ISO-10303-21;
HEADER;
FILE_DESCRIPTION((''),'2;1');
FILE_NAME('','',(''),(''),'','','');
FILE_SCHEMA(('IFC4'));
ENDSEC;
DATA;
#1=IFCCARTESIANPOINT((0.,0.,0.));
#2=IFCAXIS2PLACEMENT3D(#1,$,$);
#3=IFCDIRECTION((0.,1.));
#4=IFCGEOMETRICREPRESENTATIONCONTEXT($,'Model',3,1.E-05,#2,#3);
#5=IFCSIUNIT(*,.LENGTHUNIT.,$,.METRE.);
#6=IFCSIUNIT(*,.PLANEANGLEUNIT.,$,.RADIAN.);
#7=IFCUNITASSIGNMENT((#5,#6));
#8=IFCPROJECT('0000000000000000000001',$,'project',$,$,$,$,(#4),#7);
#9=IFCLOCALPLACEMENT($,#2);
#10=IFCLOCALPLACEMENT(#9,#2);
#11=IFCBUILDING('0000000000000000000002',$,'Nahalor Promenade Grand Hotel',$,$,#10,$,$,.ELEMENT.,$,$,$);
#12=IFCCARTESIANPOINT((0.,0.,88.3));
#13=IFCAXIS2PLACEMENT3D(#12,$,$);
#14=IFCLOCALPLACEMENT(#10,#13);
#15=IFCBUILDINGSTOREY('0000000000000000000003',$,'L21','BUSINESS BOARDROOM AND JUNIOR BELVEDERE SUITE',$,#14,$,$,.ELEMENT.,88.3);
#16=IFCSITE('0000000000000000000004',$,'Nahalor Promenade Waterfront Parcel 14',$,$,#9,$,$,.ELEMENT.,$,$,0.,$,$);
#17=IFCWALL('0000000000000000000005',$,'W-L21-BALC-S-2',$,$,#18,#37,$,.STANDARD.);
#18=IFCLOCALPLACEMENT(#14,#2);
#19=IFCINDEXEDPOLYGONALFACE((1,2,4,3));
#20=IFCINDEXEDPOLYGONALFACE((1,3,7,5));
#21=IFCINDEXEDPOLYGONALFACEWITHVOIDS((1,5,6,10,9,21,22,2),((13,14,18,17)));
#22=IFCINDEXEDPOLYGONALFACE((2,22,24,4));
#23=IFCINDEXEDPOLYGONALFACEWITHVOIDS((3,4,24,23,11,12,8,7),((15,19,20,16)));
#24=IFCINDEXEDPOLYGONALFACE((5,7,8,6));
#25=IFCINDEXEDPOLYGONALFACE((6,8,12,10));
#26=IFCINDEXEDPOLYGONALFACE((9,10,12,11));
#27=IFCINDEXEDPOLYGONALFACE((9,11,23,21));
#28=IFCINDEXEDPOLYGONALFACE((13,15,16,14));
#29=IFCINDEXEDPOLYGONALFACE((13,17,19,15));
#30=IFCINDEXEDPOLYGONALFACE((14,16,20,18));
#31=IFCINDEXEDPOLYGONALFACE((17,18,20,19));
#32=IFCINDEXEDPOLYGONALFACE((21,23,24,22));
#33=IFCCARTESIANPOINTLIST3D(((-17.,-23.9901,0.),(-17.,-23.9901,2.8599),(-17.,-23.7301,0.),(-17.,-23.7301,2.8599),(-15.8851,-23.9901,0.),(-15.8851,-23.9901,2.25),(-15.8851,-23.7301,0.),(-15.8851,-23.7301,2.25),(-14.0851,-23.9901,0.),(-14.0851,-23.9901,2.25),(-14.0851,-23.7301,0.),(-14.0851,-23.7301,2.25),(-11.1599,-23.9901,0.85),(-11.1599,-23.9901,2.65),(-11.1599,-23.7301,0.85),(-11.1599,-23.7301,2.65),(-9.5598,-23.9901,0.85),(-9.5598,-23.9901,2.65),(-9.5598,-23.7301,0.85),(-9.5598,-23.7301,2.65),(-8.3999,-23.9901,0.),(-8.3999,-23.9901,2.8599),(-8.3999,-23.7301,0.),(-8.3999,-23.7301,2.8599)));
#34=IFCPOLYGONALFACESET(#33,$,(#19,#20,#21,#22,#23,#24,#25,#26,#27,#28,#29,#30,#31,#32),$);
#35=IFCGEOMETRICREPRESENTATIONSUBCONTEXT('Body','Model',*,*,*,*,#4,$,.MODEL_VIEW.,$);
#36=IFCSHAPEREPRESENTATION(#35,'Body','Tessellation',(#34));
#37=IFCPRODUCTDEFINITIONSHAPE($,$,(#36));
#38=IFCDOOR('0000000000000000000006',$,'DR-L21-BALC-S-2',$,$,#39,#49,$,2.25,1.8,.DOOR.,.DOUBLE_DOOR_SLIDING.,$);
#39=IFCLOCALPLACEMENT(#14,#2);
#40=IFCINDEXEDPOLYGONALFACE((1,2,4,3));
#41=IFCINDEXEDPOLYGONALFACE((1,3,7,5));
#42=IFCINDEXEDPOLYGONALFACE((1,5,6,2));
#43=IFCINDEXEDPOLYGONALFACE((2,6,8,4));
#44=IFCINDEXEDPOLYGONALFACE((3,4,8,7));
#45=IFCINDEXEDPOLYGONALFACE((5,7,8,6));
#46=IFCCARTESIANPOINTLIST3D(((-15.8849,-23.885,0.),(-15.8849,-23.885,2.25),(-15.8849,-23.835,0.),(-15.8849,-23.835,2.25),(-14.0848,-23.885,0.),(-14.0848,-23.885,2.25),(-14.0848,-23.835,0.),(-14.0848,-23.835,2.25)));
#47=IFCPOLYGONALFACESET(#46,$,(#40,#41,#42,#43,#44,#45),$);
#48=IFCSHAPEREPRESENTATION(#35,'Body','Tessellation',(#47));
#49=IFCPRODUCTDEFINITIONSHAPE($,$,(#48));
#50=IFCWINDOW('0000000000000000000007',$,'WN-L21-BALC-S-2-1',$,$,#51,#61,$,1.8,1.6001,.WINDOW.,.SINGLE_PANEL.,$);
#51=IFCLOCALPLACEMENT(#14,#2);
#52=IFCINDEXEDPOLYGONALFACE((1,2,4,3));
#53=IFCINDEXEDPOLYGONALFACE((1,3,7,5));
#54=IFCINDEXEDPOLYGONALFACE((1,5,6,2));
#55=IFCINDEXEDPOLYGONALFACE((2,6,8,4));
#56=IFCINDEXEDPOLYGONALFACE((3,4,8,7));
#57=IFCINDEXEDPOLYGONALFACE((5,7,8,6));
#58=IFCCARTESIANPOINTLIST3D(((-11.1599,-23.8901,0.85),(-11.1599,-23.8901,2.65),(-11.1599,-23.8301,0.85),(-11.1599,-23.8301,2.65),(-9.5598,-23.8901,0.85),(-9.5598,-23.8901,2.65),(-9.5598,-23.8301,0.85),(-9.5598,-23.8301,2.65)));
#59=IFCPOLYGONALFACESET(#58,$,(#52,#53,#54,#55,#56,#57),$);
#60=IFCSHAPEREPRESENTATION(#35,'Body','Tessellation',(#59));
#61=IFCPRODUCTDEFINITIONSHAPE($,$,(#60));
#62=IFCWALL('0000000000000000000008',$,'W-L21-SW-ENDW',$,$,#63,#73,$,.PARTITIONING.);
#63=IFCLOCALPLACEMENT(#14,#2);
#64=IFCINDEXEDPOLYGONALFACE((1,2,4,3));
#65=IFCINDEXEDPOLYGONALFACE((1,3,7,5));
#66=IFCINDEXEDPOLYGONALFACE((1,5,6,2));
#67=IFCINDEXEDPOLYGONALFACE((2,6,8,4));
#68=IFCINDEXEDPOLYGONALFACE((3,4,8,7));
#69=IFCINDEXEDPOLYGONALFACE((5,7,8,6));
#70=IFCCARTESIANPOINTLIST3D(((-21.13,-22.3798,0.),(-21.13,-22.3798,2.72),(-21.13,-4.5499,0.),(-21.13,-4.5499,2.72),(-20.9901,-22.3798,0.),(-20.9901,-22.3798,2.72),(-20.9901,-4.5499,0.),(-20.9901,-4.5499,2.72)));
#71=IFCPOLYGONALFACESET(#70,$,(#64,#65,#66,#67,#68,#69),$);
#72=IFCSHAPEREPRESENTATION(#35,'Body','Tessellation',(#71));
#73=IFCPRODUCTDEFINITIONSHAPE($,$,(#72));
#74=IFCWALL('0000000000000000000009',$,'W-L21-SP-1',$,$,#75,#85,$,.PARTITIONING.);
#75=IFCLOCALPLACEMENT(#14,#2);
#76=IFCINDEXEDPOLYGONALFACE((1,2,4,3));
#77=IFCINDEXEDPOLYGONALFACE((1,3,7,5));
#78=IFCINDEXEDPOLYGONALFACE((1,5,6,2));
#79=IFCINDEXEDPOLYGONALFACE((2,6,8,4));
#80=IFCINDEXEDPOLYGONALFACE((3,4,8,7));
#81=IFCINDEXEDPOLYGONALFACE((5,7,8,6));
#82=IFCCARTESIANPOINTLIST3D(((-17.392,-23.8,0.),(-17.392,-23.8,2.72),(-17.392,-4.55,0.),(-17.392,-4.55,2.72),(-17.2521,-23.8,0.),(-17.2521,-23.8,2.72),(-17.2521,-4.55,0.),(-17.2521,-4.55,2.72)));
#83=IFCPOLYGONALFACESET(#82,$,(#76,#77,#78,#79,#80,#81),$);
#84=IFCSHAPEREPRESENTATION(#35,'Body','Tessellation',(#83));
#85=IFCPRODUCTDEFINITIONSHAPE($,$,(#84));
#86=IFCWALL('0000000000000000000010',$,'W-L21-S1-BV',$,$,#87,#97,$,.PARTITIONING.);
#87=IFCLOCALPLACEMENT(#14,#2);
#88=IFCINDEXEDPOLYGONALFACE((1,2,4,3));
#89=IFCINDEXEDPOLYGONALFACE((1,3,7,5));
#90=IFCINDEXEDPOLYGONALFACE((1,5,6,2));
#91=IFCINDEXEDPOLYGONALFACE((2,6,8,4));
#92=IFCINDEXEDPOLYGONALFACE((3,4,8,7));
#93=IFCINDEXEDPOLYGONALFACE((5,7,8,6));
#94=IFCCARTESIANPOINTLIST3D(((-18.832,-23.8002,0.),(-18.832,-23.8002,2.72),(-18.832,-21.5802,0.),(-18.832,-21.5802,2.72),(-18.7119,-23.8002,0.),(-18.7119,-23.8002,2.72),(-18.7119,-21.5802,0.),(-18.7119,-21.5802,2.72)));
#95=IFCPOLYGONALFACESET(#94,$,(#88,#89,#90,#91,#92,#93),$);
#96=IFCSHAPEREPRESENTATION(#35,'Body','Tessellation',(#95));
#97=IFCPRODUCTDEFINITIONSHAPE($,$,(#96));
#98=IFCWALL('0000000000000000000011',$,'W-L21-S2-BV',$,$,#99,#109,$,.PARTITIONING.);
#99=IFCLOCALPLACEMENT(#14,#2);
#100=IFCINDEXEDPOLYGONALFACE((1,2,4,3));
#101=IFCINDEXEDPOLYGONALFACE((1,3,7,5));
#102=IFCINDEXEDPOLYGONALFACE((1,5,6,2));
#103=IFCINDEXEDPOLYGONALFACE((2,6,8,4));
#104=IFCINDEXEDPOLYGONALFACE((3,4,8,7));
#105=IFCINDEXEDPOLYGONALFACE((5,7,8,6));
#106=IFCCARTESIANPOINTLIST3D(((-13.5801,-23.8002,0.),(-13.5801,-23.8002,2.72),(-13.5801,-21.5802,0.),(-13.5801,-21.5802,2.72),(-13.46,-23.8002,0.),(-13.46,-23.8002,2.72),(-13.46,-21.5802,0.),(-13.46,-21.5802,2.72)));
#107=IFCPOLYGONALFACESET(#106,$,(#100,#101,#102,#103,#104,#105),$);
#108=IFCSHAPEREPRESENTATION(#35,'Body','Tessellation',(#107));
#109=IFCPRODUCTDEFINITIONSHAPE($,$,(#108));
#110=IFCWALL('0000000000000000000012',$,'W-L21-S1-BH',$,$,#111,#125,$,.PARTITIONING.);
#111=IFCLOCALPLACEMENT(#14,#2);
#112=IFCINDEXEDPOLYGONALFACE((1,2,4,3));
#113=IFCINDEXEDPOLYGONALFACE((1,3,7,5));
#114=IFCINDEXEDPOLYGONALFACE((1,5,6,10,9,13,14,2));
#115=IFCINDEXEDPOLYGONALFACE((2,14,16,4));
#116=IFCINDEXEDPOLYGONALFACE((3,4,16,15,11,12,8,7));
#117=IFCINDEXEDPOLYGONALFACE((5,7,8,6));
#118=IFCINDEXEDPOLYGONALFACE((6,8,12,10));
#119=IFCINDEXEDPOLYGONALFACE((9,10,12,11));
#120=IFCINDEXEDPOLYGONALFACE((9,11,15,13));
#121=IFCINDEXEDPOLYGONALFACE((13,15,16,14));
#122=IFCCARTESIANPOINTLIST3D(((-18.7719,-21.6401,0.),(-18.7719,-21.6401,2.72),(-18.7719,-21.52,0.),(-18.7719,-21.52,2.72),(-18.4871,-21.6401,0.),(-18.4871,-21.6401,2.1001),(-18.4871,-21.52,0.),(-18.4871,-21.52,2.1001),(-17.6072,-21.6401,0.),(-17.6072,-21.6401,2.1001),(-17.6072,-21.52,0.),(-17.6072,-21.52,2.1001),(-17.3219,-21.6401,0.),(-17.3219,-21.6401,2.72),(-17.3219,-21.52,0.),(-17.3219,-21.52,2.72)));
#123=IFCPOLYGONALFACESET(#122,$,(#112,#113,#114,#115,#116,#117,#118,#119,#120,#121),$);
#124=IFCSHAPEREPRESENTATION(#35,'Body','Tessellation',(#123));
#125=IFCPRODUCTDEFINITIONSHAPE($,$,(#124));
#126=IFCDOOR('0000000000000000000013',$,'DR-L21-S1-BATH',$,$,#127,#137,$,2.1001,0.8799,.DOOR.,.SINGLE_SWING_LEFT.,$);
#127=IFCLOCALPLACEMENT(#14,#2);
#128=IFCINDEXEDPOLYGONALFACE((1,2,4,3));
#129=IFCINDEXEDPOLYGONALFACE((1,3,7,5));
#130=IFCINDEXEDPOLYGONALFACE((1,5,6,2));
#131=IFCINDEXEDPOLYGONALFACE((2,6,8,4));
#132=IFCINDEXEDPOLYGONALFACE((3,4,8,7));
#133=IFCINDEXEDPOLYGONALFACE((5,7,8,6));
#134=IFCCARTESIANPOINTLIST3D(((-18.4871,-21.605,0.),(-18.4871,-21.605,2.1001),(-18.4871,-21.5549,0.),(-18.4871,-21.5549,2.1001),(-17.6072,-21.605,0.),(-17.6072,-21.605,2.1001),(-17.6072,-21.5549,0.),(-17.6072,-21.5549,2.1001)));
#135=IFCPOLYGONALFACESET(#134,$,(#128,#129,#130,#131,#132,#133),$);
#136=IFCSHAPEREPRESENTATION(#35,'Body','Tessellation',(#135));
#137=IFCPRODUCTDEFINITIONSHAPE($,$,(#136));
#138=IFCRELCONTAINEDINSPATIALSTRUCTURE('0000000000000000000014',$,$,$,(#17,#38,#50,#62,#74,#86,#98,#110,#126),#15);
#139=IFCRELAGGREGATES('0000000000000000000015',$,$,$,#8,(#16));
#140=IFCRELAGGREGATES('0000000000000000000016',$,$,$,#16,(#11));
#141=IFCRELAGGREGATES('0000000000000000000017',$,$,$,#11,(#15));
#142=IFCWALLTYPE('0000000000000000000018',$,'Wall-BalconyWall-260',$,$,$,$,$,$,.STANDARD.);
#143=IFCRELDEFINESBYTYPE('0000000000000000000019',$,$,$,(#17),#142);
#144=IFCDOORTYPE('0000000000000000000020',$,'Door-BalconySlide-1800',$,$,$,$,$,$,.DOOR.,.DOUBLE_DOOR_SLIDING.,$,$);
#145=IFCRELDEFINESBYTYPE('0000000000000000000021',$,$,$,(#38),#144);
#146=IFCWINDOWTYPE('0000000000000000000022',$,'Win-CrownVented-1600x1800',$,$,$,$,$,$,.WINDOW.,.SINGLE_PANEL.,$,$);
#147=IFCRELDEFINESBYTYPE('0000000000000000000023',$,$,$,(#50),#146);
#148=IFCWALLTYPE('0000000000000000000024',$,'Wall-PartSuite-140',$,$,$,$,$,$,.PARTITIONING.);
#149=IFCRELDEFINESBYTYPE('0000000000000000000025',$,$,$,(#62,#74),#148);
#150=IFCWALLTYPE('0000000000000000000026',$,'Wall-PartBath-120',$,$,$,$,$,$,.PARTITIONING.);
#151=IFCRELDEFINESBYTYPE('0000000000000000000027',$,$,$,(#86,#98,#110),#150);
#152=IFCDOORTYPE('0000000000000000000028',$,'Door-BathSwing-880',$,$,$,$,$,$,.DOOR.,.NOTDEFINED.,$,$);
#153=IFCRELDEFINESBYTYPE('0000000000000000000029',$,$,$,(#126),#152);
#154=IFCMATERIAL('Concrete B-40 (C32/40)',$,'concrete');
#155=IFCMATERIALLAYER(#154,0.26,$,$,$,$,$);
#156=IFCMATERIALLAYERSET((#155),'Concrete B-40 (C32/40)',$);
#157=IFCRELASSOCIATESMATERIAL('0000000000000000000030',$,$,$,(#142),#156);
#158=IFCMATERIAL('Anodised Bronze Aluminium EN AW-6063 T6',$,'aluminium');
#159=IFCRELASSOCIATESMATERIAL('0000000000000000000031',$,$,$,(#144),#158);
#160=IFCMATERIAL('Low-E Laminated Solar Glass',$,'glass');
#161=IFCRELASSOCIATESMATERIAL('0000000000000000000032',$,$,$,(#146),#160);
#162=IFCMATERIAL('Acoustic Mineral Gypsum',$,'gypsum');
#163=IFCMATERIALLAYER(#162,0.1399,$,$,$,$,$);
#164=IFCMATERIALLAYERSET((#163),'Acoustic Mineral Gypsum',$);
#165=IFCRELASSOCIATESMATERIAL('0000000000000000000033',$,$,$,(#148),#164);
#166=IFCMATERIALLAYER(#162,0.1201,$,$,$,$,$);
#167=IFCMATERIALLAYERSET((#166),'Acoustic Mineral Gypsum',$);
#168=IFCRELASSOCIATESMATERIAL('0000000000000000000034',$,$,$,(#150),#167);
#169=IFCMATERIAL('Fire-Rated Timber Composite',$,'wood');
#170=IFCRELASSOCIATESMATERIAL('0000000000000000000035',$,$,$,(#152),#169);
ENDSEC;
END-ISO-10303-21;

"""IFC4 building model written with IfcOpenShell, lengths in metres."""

from ifc_helpers import new_model, si_unit, direction, frame, frame_2d, origin, place, context, subcontext, project, spatial, rectangle, extrude, source, transform, mapped, material, layer, layer_set, type_object, element, fill, save


model = new_model("IFC4")

# Units and contexts
model_context = context("Model", 3, precision=1e-05, world=origin(), true_north=direction((0.0, 1.0)))
body_context = subcontext(model_context, "Body", "Model", "MODEL_VIEW")
ifc_project = project(units=[si_unit("LENGTHUNIT", "METRE"), si_unit("PLANEANGLEUNIT", "RADIAN")], contexts=[model_context])

# Site, building, storey
site_placement = place(None, origin())
site = spatial("IfcSite", under=ifc_project, at=site_placement, Name="Nahalor Promenade Waterfront Parcel 14", CompositionType="ELEMENT", RefElevation=0.0)
building_placement = place(site_placement, origin())
building = spatial("IfcBuilding", under=site, at=building_placement, Name="Nahalor Promenade Grand Hotel", CompositionType="ELEMENT")
storey_placement = place(building_placement, frame((0.0, 0.0, 88.3)))
storey = spatial("IfcBuildingStorey", under=building, at=storey_placement, Name="L21", Description="BUSINESS BOARDROOM AND JUNIOR BELVEDERE SUITE", CompositionType="ELEMENT", Elevation=88.3)

# Shared definitions
ifc_material_1 = material(Name="Anodised Bronze Aluminium EN AW-6063 T6", Category="aluminium")
ifc_material_2 = material(Name="Low-E Laminated Solar Glass", Category="glass")

# Shared definitions
ifc_material_3 = material(Name="Concrete B-40 (C32/40)", Category="concrete")

# Wall, openings, door, window
ifc_layer_1 = layer(ifc_material_3, 0.26)
ifc_layer_set_1 = layer_set([ifc_layer_1], Name="Concrete B-40 (C32/40)")
wall_type_1 = type_object("IfcWallType", Name="Wall-BalconyWall-260", PredefinedType="STANDARD", material=ifc_layer_set_1)
shared_shape_1 = source(origin(), body_context, "Body", "SweptSolid", [
    extrude(rectangle(XDim=8.6001, YDim=0.26, at=frame_2d((4.3, 0.0))), origin(), (0.0, 0.0, 1.0), 2.8599),
])
wall_1_placement = place(storey_placement, frame((-17.0, -23.8601, 0.0), z_axis=(0.0, 0.0, 1.0), x_axis=(1.0, 0.0, 0.0)))
wall_1 = element("IfcWall", 1, at=wall_1_placement, inside=storey, type_object=wall_type_1, Name="W-L21-BALC-S-2", PredefinedType="STANDARD", context=body_context, shape_type="MappedRepresentation", body=[
    mapped(shared_shape_1, transform((0.0, 0.0, 0.0), scale=1.0)),
])
opening_1_placement = place(wall_1_placement, frame((1.115, 0.0, 0.0)))
opening_1 = element("IfcOpeningElement", 2, at=opening_1_placement, cuts=wall_1, PredefinedType="OPENING", context=body_context, shape_type="SweptSolid", body=[
    extrude(rectangle(XDim=1.8, YDim=2.25, at=frame_2d((0.8999, 1.125))), frame((0.0, 0.1399, 0.0), z_axis=(0.0, -1.0, 0.0), x_axis=(1.0, 0.0, 0.0)), (0.0, 0.0, 1.0), 0.28),
])
opening_2_placement = place(wall_1_placement, frame((5.8401, 0.0, 0.8501)))
opening_2 = element("IfcOpeningElement", 3, at=opening_2_placement, cuts=wall_1, PredefinedType="OPENING", context=body_context, shape_type="SweptSolid", body=[
    extrude(rectangle(XDim=1.6001, YDim=1.8, at=frame_2d((0.8, 0.8999))), frame((0.0, 0.1399, 0.0), z_axis=(0.0, -1.0, 0.0), x_axis=(1.0, 0.0, 0.0)), (0.0, 0.0, 1.0), 0.28),
])
door_type_1 = type_object("IfcDoorType", Name="Door-BalconySlide-1800", OperationType="DOUBLE_DOOR_SLIDING", PredefinedType="DOOR", material=ifc_material_1)
shared_shape_2 = source(origin(), body_context, "Body", "SweptSolid", [
    extrude(rectangle(XDim=1.8, YDim=2.25, at=frame_2d((0.8999, 1.125))), frame((0.0, 0.0249, 0.0), z_axis=(0.0, -1.0, 0.0), x_axis=(1.0, 0.0, 0.0)), (0.0, 0.0, 1.0), 0.05),
])
door_1_placement = place(opening_1_placement, frame((1.8, 0.0, 0.0), z_axis=(0.0, 0.0, 1.0), x_axis=(-1.0, 0.0, 0.0)))
door_1 = element("IfcDoor", 4, at=door_1_placement, inside=storey, type_object=door_type_1, Name="DR-L21-BALC-S-2", OperationType="DOUBLE_DOOR_SLIDING", OverallHeight=2.25, OverallWidth=1.8, PredefinedType="DOOR", context=body_context, shape_type="MappedRepresentation", body=[
    mapped(shared_shape_2, transform((0.0, 0.0, 0.0), scale=1.0)),
])
fill(opening_1, door_1)
window_type = type_object("IfcWindowType", Name="Win-CrownVented-1600x1800", PartitioningType="SINGLE_PANEL", PredefinedType="WINDOW", material=ifc_material_2)
shared_shape_3 = source(origin(), body_context, "Body", "SweptSolid", [
    extrude(rectangle(XDim=1.6001, YDim=1.8, at=frame_2d((0.8, 0.8999))), frame((0.0, 0.03, 0.0), z_axis=(0.0, -1.0, 0.0), x_axis=(1.0, 0.0, 0.0)), (0.0, 0.0, 1.0), 0.0601),
])
window_placement = place(opening_2_placement, origin())
window = element("IfcWindow", 5, at=window_placement, inside=storey, type_object=window_type, Name="WN-L21-BALC-S-2-1", OverallHeight=1.8, OverallWidth=1.6001, PartitioningType="SINGLE_PANEL", PredefinedType="WINDOW", context=body_context, shape_type="MappedRepresentation", body=[
    mapped(shared_shape_3, transform((0.0, 0.0, 0.0), scale=1.0)),
])
fill(opening_2, window)

# Walls
ifc_material_4 = material(Name="Acoustic Mineral Gypsum", Category="gypsum")
ifc_layer_2 = layer(ifc_material_4, 0.1399)
ifc_layer_set_2 = layer_set([ifc_layer_2], Name="Acoustic Mineral Gypsum")
wall_type_2 = type_object("IfcWallType", Name="Wall-PartSuite-140", PredefinedType="PARTITIONING", material=ifc_layer_set_2)
shared_shape_4 = source(origin(), body_context, "Body", "SweptSolid", [
    extrude(rectangle(XDim=17.8298, YDim=0.1399, at=frame_2d((8.915, 0.0))), origin(), (0.0, 0.0, 1.0), 2.72),
])
wall_2_placement = place(storey_placement, frame((-21.0601, -22.3799, 0.0), z_axis=(0.0, 0.0, 1.0), x_axis=(0.0, 1.0, 0.0)))
element("IfcWall", 6, at=wall_2_placement, inside=storey, type_object=wall_type_2, Name="W-L21-SW-ENDW", PredefinedType="PARTITIONING", context=body_context, shape_type="MappedRepresentation", body=[
    mapped(shared_shape_4, transform((0.0, 0.0, 0.0), scale=1.0)),
])
shared_shape_5 = source(origin(), body_context, "Body", "SweptSolid", [
    extrude(rectangle(XDim=19.25, YDim=0.1399, at=frame_2d((9.625, 0.0))), origin(), (0.0, 0.0, 1.0), 2.72),
])
wall_3_placement = place(storey_placement, frame((-17.322, -23.8, 0.0), z_axis=(0.0, 0.0, 1.0), x_axis=(0.0, 1.0, 0.0)))
element("IfcWall", 7, at=wall_3_placement, inside=storey, type_object=wall_type_2, Name="W-L21-SP-1", PredefinedType="PARTITIONING", context=body_context, shape_type="MappedRepresentation", body=[
    mapped(shared_shape_5, transform((0.0, 0.0, 0.0), scale=1.0)),
])
ifc_layer_3 = layer(ifc_material_4, 0.1201)
ifc_layer_set_3 = layer_set([ifc_layer_3], Name="Acoustic Mineral Gypsum")
wall_type_3 = type_object("IfcWallType", Name="Wall-PartBath-120", PredefinedType="PARTITIONING", material=ifc_layer_set_3)
shared_shape_6 = source(origin(), body_context, "Body", "SweptSolid", [
    extrude(rectangle(XDim=2.22, YDim=0.1201, at=frame_2d((1.1099, 0.0))), origin(), (0.0, 0.0, 1.0), 2.72),
])
for number, where, z_axis, x_axis, name in (
    (8, (-18.772, -23.8, 0.0), (0.0, 0.0, 1.0), (0.0, 1.0, 0.0), "W-L21-S1-BV"),
    (9, (-13.52, -23.8, 0.0), (0.0, 0.0, 1.0), (0.0, 1.0, 0.0), "W-L21-S2-BV"),
):
    element("IfcWall", number, at=place(storey_placement, frame(where, z_axis=z_axis, x_axis=x_axis)), inside=storey, type_object=wall_type_3, Name=name, PredefinedType="PARTITIONING", context=body_context, shape_type="MappedRepresentation", body=[
        mapped(shared_shape_6, transform((0.0, 0.0, 0.0), scale=1.0)),
    ])

# Wall, opening, door
shared_shape_7 = source(origin(), body_context, "Body", "SweptSolid", [
    extrude(rectangle(XDim=1.45, YDim=0.1201, at=frame_2d((0.7251, 0.0))), origin(), (0.0, 0.0, 1.0), 2.72),
])
wall_4_placement = place(storey_placement, frame((-18.772, -21.5801, 0.0), z_axis=(0.0, 0.0, 1.0), x_axis=(1.0, 0.0, 0.0)))
wall_4 = element("IfcWall", 10, at=wall_4_placement, inside=storey, type_object=wall_type_3, Name="W-L21-S1-BH", PredefinedType="PARTITIONING", context=body_context, shape_type="MappedRepresentation", body=[
    mapped(shared_shape_7, transform((0.0, 0.0, 0.0), scale=1.0)),
])
opening_3_placement = place(wall_4_placement, frame((0.2849, 0.0, 0.0)))
opening_3 = element("IfcOpeningElement", 11, at=opening_3_placement, cuts=wall_4, PredefinedType="OPENING", context=body_context, shape_type="SweptSolid", body=[
    extrude(rectangle(XDim=0.8799, YDim=2.1001, at=frame_2d((0.4399, 1.05))), frame((0.0, 0.0701, 0.0), z_axis=(0.0, -1.0, 0.0), x_axis=(1.0, 0.0, 0.0)), (0.0, 0.0, 1.0), 0.1401),
])
ifc_material_5 = material(Name="Fire-Rated Timber Composite", Category="wood")
door_type_2 = type_object("IfcDoorType", Name="Door-BathSwing-880", OperationType="NOTDEFINED", PredefinedType="DOOR", material=ifc_material_5)
shared_shape_8 = source(origin(), body_context, "Body", "SweptSolid", [
    extrude(rectangle(XDim=0.8799, YDim=2.1001, at=frame_2d((0.4399, 1.05))), frame((0.0, 0.0249, 0.0), z_axis=(0.0, -1.0, 0.0), x_axis=(1.0, 0.0, 0.0)), (0.0, 0.0, 1.0), 0.05),
])
door_2_placement = place(opening_3_placement, frame((0.8799, 0.0, 0.0), z_axis=(0.0, 0.0, 1.0), x_axis=(-1.0, 0.0, 0.0)))
door_2 = element("IfcDoor", 12, at=door_2_placement, inside=storey, type_object=door_type_2, Name="DR-L21-S1-BATH", OperationType="SINGLE_SWING_LEFT", OverallHeight=2.1001, OverallWidth=0.8799, PredefinedType="DOOR", context=body_context, shape_type="MappedRepresentation", body=[
    mapped(shared_shape_8, transform((0.0, 0.0, 0.0), scale=1.0)),
])
fill(opening_3, door_2)

save(model, "model.ifc")
